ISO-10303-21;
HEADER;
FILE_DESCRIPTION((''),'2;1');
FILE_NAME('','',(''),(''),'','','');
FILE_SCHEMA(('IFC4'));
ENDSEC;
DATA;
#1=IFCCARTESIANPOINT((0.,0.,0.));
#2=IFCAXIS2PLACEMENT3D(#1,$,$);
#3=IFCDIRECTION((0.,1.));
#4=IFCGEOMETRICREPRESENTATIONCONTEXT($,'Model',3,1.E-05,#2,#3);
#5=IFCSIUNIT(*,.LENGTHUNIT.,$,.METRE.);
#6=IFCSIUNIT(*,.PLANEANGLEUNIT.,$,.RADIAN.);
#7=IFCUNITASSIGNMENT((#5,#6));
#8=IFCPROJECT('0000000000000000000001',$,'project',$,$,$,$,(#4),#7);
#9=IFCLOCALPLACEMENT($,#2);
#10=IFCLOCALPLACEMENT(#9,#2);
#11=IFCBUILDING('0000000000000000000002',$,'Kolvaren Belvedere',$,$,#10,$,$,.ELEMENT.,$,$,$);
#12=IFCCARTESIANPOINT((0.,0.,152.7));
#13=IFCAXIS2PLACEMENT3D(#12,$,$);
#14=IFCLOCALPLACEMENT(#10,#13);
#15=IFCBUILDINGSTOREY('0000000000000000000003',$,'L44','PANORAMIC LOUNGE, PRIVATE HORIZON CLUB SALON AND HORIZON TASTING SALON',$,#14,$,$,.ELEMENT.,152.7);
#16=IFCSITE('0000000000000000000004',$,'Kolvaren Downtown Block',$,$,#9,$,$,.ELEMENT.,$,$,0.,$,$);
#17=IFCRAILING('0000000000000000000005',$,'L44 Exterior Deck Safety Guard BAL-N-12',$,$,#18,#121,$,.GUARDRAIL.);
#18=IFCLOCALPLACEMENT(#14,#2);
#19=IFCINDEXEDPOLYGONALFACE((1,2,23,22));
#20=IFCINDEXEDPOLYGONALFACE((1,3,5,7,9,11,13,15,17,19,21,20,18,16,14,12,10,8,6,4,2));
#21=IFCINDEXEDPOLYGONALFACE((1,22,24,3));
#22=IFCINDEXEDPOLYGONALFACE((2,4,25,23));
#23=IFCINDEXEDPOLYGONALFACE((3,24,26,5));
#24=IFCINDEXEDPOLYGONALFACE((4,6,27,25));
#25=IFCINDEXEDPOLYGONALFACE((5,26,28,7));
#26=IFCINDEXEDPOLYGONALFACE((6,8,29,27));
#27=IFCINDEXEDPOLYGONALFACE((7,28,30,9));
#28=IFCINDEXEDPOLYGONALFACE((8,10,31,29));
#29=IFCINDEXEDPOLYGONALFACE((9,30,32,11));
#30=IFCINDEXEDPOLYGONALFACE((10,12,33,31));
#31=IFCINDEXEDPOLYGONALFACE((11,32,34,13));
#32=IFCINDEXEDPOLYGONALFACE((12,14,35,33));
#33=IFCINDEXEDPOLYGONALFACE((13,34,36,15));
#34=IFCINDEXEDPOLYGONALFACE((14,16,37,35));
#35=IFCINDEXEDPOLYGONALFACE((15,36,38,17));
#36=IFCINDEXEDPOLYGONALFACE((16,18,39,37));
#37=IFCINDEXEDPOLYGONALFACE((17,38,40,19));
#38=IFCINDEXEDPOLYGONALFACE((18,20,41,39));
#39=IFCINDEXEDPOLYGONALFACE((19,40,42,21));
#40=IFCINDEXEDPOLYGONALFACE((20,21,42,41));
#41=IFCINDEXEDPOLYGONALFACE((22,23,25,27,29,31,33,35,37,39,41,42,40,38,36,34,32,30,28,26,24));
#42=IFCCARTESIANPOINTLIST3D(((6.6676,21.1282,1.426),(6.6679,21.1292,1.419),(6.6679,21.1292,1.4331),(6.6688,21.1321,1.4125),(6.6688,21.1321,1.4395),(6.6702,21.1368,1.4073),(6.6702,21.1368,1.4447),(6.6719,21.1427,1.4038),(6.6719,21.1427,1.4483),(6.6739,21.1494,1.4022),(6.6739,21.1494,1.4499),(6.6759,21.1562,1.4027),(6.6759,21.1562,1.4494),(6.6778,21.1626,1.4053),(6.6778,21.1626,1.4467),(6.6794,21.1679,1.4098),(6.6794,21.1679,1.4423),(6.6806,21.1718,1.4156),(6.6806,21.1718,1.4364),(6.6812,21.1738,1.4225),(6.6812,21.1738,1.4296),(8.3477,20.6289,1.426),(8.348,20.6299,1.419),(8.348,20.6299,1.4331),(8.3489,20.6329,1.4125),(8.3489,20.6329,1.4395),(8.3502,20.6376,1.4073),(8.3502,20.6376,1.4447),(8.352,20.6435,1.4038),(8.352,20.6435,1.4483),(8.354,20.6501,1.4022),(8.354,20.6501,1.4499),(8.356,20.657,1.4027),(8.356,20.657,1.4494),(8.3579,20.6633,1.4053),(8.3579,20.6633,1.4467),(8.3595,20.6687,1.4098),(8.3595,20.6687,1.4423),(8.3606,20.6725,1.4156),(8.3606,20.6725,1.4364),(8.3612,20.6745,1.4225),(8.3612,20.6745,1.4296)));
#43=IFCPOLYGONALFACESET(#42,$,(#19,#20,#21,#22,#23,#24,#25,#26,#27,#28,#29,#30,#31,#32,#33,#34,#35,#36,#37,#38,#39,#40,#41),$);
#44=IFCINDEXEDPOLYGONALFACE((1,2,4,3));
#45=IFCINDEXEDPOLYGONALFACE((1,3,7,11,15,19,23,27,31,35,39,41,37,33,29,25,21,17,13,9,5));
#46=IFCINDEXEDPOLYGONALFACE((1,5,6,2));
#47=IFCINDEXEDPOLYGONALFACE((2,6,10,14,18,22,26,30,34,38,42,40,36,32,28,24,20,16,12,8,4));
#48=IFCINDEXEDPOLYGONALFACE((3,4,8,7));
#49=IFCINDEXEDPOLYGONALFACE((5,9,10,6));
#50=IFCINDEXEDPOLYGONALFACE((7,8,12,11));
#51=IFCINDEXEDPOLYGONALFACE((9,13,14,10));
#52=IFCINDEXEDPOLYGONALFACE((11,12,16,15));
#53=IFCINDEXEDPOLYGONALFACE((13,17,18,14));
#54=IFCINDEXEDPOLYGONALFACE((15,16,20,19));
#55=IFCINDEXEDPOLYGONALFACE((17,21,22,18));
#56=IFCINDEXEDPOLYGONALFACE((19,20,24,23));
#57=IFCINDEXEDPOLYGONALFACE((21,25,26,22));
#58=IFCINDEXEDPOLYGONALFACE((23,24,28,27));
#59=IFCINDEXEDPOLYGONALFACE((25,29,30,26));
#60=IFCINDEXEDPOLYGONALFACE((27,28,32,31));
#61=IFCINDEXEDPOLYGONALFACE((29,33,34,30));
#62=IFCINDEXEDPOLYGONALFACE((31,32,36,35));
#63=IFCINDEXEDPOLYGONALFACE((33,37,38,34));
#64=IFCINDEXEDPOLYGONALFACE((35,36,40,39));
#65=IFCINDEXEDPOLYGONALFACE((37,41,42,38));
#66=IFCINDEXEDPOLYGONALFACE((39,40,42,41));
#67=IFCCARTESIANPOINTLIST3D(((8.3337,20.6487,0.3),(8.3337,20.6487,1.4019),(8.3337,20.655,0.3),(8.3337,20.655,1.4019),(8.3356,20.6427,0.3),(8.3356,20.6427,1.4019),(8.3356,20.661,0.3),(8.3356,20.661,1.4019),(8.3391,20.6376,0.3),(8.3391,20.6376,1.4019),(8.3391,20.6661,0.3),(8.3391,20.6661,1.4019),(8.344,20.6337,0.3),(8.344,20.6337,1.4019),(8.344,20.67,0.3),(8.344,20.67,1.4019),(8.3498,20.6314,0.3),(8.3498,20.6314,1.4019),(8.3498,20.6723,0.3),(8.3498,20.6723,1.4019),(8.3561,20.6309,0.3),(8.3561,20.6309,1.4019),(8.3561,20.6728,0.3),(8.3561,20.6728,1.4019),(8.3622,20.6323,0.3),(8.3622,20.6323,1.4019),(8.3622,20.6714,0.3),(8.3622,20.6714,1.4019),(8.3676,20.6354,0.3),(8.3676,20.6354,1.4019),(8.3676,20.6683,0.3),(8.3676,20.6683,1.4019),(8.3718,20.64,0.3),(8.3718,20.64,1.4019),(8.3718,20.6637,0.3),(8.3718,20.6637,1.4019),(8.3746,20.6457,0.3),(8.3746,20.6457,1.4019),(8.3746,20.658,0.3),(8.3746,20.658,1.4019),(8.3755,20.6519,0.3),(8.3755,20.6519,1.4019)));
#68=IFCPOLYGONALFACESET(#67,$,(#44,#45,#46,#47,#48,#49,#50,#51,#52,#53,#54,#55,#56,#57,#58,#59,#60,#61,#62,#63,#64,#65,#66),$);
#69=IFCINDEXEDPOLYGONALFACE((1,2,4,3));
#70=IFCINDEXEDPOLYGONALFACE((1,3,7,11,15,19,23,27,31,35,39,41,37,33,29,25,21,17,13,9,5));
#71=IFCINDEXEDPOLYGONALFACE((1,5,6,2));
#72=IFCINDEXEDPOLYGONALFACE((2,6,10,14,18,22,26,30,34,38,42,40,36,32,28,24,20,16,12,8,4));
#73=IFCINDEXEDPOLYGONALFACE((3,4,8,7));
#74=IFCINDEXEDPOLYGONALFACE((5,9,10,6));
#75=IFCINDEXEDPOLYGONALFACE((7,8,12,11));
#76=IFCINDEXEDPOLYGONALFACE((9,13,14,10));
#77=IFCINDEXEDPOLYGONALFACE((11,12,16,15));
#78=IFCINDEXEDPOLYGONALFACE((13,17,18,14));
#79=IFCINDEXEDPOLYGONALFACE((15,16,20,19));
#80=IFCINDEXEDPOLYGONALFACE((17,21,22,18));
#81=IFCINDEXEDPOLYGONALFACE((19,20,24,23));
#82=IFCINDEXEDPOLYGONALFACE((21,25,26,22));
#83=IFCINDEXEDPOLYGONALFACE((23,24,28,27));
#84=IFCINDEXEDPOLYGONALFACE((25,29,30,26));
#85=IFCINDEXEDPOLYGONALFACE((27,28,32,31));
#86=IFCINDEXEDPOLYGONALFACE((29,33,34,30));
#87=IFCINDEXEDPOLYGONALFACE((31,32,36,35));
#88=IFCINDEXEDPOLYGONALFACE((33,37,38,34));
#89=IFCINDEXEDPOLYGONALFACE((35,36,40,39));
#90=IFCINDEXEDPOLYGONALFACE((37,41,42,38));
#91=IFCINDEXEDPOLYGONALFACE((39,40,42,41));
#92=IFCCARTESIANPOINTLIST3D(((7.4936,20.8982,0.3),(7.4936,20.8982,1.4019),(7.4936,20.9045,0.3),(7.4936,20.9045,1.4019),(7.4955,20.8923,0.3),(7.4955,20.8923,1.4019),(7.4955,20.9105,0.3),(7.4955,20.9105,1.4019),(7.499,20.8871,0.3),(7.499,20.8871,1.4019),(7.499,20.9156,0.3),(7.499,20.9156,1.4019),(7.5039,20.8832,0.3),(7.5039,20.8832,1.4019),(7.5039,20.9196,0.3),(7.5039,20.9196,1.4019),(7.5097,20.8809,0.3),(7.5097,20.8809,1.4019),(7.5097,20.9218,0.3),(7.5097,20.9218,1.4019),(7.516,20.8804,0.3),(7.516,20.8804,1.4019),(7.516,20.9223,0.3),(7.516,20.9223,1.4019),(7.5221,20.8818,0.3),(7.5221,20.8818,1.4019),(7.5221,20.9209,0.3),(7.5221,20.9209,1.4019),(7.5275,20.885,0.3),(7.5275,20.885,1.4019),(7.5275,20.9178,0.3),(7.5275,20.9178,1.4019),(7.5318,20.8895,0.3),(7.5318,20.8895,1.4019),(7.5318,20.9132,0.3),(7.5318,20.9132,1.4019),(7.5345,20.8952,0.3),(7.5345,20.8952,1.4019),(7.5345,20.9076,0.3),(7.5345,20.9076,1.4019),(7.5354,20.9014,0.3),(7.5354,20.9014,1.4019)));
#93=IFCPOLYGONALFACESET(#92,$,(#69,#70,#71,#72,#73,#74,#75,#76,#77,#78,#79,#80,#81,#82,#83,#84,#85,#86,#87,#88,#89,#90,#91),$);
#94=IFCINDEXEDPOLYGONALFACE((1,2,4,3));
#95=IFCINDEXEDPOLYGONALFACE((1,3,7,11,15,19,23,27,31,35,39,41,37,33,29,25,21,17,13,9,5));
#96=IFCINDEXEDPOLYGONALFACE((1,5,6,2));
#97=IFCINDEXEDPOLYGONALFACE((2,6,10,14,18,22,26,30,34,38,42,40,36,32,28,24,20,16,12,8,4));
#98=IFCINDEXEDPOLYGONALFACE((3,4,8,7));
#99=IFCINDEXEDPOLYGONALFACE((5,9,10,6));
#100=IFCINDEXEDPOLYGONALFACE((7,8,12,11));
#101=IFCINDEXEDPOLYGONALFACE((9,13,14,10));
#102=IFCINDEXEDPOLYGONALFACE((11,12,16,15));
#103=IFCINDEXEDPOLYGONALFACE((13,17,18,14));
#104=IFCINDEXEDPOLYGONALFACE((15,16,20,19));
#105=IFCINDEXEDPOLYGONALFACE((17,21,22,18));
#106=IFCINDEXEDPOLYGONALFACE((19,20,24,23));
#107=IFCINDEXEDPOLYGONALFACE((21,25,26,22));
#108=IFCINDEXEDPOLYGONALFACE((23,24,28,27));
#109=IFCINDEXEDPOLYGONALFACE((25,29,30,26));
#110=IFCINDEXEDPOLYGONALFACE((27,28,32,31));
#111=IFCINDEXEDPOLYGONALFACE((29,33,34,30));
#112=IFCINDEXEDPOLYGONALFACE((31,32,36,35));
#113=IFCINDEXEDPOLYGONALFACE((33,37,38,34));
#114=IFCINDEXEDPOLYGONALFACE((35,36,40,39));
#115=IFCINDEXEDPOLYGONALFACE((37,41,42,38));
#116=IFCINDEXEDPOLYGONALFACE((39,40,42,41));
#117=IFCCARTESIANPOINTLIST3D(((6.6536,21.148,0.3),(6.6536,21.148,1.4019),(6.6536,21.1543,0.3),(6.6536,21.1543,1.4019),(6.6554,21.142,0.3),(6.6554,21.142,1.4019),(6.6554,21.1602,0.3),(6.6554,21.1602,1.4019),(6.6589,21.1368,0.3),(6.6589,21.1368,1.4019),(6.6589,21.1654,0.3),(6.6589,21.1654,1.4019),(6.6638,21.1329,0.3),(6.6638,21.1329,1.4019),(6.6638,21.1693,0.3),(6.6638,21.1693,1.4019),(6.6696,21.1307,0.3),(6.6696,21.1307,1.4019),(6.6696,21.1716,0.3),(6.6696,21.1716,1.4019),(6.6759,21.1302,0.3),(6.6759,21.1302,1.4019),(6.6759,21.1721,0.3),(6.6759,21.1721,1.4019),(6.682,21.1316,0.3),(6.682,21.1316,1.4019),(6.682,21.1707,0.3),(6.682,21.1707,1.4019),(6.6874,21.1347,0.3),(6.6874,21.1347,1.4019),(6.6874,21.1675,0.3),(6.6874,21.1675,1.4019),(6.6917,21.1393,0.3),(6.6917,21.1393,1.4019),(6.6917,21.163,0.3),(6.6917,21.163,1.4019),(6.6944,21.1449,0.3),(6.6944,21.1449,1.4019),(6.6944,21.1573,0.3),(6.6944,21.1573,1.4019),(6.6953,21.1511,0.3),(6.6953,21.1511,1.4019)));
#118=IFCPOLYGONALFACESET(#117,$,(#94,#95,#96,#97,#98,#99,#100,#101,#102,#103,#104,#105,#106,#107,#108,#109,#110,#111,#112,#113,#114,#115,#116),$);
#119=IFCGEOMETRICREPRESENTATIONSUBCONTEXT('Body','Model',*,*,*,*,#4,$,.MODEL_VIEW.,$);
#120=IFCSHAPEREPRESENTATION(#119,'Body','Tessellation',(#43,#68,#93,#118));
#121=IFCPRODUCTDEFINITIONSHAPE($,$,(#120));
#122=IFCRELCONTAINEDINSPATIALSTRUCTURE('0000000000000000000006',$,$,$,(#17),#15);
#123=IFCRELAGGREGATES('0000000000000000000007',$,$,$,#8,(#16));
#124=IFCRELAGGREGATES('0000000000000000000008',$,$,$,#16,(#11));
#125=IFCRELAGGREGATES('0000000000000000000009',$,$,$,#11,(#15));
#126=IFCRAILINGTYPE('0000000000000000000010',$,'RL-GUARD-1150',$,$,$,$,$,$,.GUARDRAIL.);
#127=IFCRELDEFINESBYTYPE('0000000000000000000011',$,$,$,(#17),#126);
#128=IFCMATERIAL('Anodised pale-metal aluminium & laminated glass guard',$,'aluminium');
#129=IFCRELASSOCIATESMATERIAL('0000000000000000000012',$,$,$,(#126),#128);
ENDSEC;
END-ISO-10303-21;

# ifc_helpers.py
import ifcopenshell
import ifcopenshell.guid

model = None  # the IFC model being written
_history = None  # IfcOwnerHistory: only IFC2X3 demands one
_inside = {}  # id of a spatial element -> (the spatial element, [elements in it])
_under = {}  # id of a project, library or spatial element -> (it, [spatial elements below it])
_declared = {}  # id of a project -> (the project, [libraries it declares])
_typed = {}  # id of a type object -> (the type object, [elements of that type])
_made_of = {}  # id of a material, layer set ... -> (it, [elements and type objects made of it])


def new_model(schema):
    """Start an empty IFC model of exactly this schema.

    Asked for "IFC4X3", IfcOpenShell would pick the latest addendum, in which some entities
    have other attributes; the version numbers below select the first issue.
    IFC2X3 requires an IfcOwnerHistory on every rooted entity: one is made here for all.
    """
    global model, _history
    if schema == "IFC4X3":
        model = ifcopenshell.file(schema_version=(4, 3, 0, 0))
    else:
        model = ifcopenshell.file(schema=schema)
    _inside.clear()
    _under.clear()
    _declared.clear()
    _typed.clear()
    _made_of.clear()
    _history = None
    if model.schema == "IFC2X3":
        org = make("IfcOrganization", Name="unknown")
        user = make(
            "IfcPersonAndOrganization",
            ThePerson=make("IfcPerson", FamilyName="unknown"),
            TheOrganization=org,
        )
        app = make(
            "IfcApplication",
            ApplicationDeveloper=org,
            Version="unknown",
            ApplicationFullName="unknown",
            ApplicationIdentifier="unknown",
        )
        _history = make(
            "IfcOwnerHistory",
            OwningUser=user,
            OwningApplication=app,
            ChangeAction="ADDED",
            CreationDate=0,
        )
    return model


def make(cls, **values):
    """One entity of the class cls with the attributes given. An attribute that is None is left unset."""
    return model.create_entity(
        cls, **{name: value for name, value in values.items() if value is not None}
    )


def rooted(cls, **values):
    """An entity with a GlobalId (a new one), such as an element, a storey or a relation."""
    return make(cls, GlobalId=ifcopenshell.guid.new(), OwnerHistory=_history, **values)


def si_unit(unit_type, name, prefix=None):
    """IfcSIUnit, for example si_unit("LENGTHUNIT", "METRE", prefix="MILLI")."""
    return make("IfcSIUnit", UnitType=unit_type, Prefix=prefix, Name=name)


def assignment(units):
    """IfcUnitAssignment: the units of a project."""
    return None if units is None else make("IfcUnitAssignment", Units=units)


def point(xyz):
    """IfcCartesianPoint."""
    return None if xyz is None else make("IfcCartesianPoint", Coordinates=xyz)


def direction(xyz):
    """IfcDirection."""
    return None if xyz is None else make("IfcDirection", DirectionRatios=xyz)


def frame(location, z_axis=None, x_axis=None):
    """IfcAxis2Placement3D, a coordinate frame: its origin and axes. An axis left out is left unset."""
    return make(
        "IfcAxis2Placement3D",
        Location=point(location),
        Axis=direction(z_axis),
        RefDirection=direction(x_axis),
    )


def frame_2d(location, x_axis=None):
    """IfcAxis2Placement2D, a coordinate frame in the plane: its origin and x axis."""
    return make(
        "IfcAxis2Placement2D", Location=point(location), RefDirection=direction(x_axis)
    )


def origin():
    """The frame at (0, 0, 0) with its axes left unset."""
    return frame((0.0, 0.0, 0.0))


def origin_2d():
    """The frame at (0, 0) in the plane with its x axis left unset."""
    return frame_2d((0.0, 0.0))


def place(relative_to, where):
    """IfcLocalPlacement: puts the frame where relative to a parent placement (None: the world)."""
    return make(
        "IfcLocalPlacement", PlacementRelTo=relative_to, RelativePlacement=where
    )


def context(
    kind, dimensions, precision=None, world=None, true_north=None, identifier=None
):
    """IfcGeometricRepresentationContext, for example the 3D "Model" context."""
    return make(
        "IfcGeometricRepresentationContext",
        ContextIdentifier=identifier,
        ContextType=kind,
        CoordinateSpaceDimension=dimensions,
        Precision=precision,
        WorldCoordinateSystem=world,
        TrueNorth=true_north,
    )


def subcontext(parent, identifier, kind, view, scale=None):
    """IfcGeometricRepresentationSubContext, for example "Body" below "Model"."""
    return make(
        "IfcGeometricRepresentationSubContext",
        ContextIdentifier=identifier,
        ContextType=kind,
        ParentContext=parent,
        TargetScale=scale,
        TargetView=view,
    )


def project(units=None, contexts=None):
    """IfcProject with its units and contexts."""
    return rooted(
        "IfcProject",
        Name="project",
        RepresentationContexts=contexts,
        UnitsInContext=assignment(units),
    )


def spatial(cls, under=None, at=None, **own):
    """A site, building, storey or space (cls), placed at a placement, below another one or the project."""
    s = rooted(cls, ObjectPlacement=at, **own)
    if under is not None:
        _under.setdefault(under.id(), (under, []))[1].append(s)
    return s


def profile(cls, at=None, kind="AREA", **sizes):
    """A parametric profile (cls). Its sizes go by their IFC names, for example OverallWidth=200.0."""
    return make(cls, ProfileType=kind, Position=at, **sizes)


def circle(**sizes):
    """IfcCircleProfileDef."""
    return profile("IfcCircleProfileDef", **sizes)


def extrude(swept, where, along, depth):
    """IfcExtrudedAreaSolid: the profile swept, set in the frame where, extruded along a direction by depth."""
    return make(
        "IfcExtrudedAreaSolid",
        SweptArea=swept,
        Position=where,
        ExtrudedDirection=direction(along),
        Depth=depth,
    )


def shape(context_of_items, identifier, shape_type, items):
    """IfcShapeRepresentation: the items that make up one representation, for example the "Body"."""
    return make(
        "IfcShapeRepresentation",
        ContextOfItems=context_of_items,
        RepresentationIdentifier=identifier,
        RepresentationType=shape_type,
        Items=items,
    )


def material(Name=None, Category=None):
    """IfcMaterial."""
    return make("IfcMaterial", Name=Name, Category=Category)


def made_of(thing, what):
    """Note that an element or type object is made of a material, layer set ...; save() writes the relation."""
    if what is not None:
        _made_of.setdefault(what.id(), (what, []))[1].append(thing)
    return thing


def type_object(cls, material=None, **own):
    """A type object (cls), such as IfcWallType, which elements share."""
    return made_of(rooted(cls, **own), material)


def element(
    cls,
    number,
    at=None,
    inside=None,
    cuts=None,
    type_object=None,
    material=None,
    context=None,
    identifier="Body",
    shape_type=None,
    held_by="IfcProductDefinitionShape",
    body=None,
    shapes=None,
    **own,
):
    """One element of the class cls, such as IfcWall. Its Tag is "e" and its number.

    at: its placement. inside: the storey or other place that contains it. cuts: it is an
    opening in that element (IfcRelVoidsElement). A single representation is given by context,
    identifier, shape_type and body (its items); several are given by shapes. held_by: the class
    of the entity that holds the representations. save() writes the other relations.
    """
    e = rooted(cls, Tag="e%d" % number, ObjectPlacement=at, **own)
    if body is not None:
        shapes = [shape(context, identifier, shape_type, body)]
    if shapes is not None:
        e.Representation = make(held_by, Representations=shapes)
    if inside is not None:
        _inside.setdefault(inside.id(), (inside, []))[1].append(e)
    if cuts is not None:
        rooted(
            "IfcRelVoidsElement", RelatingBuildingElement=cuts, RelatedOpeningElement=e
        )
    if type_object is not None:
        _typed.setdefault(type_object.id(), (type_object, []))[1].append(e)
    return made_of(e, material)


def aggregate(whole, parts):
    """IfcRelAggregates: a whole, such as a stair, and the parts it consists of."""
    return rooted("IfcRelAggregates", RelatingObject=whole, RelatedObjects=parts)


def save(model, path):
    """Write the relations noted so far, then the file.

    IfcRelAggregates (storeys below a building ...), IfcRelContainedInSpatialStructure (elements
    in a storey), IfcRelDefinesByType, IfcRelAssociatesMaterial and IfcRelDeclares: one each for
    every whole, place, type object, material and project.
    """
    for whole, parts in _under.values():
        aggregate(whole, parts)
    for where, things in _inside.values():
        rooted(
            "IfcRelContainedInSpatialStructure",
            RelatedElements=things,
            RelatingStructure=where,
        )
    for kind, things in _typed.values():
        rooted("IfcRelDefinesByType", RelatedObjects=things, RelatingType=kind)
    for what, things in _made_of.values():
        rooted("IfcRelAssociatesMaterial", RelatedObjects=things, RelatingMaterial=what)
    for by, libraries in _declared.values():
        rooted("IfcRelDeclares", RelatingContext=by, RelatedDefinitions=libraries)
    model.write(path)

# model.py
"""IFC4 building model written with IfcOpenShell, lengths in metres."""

from ifc_helpers import new_model, si_unit, direction, frame, origin, origin_2d, place, context, subcontext, project, spatial, circle, extrude, material, type_object, element, save


model = new_model("IFC4")

# Units and contexts
model_context = context("Model", 3, precision=1e-05, world=origin(), true_north=direction((0.0, 1.0)))
body_context = subcontext(model_context, "Body", "Model", "MODEL_VIEW")
ifc_project = project(units=[si_unit("LENGTHUNIT", "METRE"), si_unit("PLANEANGLEUNIT", "RADIAN")], contexts=[model_context])

# Site, building, storey
site_placement = place(None, origin())
site = spatial("IfcSite", under=ifc_project, at=site_placement, Name="Kolvaren Downtown Block", CompositionType="ELEMENT", RefElevation=0.0)
building_placement = place(site_placement, origin())
building = spatial("IfcBuilding", under=site, at=building_placement, Name="Kolvaren Belvedere", CompositionType="ELEMENT")
storey_placement = place(building_placement, frame((0.0, 0.0, 152.7)))
storey = spatial("IfcBuildingStorey", under=building, at=storey_placement, Name="L44", Description="PANORAMIC LOUNGE, PRIVATE HORIZON CLUB SALON AND HORIZON TASTING SALON", CompositionType="ELEMENT", Elevation=152.7)

# Railing
ifc_material_1 = material(Name="Anodised pale-metal aluminium & laminated glass guard", Category="aluminium")
railing_type = type_object("IfcRailingType", Name="RL-GUARD-1150", PredefinedType="GUARDRAIL", material=ifc_material_1)
railing_1_placement = place(storey_placement, frame((8.3545, 20.6519, 0.3)))
element("IfcRailing", 1, at=railing_1_placement, inside=storey, type_object=railing_type, Name="L44 Exterior Deck Safety Guard BAL-N-12", PredefinedType="GUARDRAIL", context=body_context, shape_type="SweptSolid", body=[
    extrude(circle(Radius=0.0239, at=origin_2d()), frame((0.0, 0.0, 1.126), z_axis=(-0.958574, 0.284842, 0.0), x_axis=(-0.284842, -0.958574, 0.0)), (0.0, 0.0, 1.0), 1.7527),
    extrude(circle(Radius=0.021, at=origin_2d()), origin(), (0.0, 0.0, 1.0), 1.1018),
    extrude(circle(Radius=0.021, at=origin_2d()), frame((-0.8401, 0.2495, 0.0)), (0.0, 0.0, 1.0), 1.1018),
    extrude(circle(Radius=0.021, at=origin_2d()), frame((-1.6802, 0.4993, 0.0)), (0.0, 0.0, 1.0), 1.1018),
])

save(model, "model.ifc")
